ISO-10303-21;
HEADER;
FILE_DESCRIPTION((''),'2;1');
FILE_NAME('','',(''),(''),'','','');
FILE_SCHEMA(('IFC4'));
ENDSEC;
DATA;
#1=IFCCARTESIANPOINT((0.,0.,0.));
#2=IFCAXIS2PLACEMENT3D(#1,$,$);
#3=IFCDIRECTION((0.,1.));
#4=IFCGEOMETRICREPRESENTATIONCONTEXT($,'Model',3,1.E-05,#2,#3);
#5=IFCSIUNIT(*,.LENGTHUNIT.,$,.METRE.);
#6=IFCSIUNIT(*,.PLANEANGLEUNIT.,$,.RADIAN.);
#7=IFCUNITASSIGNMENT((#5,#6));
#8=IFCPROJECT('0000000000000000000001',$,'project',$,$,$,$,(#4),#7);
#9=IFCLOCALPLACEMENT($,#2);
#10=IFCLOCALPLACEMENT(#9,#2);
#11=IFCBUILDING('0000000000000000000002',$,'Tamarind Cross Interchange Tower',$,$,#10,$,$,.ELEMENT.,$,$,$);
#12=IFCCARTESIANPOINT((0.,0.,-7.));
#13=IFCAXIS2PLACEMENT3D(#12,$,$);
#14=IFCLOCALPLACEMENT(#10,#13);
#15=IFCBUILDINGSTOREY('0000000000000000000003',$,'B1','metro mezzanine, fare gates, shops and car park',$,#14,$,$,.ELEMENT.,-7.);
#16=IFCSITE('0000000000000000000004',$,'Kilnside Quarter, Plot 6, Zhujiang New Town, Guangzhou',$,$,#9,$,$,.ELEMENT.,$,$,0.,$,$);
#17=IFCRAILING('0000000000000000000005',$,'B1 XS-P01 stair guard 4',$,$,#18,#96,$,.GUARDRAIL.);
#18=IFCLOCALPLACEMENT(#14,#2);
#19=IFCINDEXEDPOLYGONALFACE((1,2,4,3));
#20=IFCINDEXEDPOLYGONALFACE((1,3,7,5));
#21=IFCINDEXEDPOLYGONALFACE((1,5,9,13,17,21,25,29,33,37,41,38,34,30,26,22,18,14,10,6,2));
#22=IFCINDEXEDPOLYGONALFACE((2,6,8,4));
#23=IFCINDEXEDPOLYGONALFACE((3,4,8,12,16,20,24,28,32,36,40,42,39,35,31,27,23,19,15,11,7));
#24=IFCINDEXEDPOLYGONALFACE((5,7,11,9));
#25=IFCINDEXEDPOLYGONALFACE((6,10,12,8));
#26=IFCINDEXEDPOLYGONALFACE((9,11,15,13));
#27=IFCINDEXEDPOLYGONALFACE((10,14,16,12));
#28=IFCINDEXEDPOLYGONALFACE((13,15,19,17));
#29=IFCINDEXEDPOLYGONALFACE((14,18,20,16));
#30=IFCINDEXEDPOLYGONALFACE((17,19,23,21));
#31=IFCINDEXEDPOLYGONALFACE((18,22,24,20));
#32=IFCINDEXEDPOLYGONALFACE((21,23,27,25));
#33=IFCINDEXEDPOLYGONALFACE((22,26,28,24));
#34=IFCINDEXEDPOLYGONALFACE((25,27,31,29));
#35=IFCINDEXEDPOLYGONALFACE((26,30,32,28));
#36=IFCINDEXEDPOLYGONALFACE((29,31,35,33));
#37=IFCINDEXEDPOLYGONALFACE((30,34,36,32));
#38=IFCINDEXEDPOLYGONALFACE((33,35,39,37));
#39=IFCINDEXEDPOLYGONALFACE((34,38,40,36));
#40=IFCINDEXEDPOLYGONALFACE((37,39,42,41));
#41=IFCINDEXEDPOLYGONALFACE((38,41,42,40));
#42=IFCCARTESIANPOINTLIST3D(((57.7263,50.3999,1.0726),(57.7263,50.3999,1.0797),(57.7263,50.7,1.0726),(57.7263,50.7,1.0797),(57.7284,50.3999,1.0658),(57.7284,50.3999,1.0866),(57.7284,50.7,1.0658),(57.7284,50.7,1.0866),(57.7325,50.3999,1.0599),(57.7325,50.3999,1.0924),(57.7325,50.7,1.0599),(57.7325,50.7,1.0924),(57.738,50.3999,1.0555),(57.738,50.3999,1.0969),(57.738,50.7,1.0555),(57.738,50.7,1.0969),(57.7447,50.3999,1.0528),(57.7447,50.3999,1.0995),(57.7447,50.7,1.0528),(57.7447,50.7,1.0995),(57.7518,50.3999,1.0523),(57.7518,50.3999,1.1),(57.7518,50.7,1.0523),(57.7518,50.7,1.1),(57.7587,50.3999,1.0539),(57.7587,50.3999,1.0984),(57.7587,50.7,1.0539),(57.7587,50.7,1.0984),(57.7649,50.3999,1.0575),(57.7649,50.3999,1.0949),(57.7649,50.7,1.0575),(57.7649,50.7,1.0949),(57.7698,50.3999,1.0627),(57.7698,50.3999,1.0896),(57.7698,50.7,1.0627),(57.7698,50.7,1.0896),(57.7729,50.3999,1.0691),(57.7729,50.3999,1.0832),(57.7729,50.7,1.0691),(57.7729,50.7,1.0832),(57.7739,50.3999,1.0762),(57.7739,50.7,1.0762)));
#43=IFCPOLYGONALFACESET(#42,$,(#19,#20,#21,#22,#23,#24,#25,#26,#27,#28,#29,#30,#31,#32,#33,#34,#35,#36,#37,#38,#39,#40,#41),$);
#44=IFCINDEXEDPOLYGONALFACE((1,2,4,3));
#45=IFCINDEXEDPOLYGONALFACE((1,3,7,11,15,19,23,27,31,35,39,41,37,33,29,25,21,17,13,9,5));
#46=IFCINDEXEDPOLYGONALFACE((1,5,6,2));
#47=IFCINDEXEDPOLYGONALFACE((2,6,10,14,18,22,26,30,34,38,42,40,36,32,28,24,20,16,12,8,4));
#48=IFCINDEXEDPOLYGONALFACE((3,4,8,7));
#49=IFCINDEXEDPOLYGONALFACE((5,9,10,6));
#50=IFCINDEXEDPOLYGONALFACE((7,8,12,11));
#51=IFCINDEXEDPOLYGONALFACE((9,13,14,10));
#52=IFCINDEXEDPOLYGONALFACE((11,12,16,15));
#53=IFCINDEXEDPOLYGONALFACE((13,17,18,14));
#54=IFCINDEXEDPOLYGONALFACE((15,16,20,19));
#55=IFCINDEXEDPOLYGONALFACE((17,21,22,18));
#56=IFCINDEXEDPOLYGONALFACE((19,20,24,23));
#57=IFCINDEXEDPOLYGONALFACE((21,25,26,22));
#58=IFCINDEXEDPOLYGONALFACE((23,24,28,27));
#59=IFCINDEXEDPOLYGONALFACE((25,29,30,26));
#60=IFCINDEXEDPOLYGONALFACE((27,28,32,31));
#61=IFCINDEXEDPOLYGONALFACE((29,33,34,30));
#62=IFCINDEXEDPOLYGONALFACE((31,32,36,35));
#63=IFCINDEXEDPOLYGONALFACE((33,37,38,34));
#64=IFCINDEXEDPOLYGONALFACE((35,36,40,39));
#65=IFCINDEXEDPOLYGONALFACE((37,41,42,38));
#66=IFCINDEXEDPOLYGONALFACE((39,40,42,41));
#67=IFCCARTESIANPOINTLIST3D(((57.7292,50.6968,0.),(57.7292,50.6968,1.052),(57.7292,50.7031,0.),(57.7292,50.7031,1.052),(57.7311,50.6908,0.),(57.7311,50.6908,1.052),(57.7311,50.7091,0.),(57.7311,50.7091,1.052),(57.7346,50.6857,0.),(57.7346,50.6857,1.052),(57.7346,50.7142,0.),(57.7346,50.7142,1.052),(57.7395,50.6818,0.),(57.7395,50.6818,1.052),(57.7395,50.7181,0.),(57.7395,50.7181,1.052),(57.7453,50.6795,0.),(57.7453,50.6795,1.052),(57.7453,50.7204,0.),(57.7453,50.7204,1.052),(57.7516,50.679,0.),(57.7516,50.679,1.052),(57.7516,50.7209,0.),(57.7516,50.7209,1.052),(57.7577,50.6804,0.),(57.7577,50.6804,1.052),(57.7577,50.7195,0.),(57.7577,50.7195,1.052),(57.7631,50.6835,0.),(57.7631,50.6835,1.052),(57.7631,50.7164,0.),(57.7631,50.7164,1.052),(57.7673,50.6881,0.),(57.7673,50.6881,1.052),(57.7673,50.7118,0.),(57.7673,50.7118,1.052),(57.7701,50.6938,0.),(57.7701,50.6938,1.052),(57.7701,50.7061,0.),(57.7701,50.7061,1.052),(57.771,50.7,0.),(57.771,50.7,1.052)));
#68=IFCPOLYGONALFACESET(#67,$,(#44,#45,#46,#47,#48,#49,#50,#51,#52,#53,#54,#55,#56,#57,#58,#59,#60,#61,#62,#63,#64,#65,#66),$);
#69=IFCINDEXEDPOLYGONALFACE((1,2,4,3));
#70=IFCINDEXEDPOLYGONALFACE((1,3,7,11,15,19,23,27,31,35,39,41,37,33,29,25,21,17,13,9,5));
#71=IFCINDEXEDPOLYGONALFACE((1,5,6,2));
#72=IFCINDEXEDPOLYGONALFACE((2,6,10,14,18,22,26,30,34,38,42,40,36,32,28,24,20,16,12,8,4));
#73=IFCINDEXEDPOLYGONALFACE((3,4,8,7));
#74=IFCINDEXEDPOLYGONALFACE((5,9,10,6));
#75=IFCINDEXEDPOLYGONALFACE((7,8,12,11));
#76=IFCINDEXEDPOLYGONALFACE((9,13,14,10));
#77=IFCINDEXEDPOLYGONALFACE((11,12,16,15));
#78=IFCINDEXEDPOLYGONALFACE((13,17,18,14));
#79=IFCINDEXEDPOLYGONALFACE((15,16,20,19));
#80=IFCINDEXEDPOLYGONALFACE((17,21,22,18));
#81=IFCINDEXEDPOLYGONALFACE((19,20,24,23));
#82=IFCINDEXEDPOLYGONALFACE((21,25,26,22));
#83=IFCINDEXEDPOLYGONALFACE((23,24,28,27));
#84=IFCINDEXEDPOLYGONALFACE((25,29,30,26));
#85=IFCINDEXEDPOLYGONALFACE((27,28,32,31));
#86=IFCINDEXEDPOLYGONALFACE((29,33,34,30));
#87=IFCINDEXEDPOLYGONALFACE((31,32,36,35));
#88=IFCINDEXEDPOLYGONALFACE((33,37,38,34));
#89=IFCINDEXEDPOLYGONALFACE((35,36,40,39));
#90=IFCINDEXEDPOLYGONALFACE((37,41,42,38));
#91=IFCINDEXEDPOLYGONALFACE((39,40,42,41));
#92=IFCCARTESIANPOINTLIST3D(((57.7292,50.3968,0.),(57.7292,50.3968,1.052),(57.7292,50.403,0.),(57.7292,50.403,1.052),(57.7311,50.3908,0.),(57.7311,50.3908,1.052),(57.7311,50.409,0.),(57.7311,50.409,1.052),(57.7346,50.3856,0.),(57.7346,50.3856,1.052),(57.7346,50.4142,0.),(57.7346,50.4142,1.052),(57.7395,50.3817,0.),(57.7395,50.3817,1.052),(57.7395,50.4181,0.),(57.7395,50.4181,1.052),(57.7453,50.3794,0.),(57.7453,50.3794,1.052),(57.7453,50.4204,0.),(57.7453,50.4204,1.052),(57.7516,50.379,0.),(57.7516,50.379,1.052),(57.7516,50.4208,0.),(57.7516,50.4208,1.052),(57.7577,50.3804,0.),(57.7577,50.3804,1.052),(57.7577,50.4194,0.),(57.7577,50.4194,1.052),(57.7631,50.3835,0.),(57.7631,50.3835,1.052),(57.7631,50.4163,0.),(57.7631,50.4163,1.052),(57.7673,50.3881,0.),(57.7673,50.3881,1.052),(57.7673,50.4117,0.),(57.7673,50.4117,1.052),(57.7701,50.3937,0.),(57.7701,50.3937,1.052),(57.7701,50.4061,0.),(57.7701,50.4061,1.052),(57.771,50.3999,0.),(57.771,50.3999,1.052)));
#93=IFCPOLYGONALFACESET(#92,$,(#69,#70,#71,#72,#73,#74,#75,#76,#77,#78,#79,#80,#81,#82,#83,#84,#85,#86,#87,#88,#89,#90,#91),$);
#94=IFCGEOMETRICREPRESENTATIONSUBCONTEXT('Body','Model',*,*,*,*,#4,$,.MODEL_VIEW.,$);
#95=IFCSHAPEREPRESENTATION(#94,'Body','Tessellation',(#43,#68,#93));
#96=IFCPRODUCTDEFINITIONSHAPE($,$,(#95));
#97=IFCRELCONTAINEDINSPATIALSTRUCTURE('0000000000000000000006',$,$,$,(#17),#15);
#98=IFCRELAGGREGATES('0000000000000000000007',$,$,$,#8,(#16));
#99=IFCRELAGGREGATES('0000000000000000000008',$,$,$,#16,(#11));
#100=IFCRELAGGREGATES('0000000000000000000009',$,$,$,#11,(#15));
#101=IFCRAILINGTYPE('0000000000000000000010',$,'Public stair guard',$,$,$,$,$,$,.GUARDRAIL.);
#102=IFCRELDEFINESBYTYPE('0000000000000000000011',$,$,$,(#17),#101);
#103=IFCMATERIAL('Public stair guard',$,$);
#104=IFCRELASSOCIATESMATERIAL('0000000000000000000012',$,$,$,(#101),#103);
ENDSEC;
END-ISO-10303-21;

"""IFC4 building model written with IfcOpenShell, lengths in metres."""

from ifc_helpers import new_model, si_unit, direction, frame, origin, origin_2d, place, context, subcontext, project, spatial, circle, extrude, material, type_object, element, save


model = new_model("IFC4")

# Units and contexts
model_context = context("Model", 3, precision=1e-05, world=origin(), true_north=direction((0.0, 1.0)))
body_context = subcontext(model_context, "Body", "Model", "MODEL_VIEW")
ifc_project = project(units=[si_unit("LENGTHUNIT", "METRE"), si_unit("PLANEANGLEUNIT", "RADIAN")], contexts=[model_context])

# Site, building, storey
site_placement = place(None, origin())
site = spatial("IfcSite", under=ifc_project, at=site_placement, Name="Kilnside Quarter, Plot 6, Zhujiang New Town, Guangzhou", CompositionType="ELEMENT", RefElevation=0.0)
building_placement = place(site_placement, origin())
building = spatial("IfcBuilding", under=site, at=building_placement, Name="Tamarind Cross Interchange Tower", CompositionType="ELEMENT")
storey_placement = place(building_placement, frame((0.0, 0.0, -7.0)))
storey = spatial("IfcBuildingStorey", under=building, at=storey_placement, Name="B1", Description="metro mezzanine, fare gates, shops and car park", CompositionType="ELEMENT", Elevation=-7.0)

# Railing
ifc_material_1 = material(Name="Public stair guard")
railing_type_1 = type_object("IfcRailingType", Name="Public stair guard", PredefinedType="GUARDRAIL", material=ifc_material_1)
railing_1_placement = place(storey_placement, frame((57.75, 50.7, 0.0)))
element("IfcRailing", 1, at=railing_1_placement, inside=storey, type_object=railing_type_1, Name="B1 XS-P01 stair guard 4", PredefinedType="GUARDRAIL", context=body_context, shape_type="SweptSolid", body=[
    extrude(circle(Radius=0.0239, at=origin_2d()), frame((0.0, 0.0, 1.0762), z_axis=(0.0, -1.0, 0.0), x_axis=(1.0, 0.0, 0.0)), (0.0, 0.0, 1.0), 0.3),
    extrude(circle(Radius=0.021, at=origin_2d()), origin(), (0.0, 0.0, 1.0), 1.052),
    extrude(circle(Radius=0.021, at=origin_2d()), frame((0.0, -0.3, 0.0)), (0.0, 0.0, 1.0), 1.052),
])

save(model, "model.ifc")
